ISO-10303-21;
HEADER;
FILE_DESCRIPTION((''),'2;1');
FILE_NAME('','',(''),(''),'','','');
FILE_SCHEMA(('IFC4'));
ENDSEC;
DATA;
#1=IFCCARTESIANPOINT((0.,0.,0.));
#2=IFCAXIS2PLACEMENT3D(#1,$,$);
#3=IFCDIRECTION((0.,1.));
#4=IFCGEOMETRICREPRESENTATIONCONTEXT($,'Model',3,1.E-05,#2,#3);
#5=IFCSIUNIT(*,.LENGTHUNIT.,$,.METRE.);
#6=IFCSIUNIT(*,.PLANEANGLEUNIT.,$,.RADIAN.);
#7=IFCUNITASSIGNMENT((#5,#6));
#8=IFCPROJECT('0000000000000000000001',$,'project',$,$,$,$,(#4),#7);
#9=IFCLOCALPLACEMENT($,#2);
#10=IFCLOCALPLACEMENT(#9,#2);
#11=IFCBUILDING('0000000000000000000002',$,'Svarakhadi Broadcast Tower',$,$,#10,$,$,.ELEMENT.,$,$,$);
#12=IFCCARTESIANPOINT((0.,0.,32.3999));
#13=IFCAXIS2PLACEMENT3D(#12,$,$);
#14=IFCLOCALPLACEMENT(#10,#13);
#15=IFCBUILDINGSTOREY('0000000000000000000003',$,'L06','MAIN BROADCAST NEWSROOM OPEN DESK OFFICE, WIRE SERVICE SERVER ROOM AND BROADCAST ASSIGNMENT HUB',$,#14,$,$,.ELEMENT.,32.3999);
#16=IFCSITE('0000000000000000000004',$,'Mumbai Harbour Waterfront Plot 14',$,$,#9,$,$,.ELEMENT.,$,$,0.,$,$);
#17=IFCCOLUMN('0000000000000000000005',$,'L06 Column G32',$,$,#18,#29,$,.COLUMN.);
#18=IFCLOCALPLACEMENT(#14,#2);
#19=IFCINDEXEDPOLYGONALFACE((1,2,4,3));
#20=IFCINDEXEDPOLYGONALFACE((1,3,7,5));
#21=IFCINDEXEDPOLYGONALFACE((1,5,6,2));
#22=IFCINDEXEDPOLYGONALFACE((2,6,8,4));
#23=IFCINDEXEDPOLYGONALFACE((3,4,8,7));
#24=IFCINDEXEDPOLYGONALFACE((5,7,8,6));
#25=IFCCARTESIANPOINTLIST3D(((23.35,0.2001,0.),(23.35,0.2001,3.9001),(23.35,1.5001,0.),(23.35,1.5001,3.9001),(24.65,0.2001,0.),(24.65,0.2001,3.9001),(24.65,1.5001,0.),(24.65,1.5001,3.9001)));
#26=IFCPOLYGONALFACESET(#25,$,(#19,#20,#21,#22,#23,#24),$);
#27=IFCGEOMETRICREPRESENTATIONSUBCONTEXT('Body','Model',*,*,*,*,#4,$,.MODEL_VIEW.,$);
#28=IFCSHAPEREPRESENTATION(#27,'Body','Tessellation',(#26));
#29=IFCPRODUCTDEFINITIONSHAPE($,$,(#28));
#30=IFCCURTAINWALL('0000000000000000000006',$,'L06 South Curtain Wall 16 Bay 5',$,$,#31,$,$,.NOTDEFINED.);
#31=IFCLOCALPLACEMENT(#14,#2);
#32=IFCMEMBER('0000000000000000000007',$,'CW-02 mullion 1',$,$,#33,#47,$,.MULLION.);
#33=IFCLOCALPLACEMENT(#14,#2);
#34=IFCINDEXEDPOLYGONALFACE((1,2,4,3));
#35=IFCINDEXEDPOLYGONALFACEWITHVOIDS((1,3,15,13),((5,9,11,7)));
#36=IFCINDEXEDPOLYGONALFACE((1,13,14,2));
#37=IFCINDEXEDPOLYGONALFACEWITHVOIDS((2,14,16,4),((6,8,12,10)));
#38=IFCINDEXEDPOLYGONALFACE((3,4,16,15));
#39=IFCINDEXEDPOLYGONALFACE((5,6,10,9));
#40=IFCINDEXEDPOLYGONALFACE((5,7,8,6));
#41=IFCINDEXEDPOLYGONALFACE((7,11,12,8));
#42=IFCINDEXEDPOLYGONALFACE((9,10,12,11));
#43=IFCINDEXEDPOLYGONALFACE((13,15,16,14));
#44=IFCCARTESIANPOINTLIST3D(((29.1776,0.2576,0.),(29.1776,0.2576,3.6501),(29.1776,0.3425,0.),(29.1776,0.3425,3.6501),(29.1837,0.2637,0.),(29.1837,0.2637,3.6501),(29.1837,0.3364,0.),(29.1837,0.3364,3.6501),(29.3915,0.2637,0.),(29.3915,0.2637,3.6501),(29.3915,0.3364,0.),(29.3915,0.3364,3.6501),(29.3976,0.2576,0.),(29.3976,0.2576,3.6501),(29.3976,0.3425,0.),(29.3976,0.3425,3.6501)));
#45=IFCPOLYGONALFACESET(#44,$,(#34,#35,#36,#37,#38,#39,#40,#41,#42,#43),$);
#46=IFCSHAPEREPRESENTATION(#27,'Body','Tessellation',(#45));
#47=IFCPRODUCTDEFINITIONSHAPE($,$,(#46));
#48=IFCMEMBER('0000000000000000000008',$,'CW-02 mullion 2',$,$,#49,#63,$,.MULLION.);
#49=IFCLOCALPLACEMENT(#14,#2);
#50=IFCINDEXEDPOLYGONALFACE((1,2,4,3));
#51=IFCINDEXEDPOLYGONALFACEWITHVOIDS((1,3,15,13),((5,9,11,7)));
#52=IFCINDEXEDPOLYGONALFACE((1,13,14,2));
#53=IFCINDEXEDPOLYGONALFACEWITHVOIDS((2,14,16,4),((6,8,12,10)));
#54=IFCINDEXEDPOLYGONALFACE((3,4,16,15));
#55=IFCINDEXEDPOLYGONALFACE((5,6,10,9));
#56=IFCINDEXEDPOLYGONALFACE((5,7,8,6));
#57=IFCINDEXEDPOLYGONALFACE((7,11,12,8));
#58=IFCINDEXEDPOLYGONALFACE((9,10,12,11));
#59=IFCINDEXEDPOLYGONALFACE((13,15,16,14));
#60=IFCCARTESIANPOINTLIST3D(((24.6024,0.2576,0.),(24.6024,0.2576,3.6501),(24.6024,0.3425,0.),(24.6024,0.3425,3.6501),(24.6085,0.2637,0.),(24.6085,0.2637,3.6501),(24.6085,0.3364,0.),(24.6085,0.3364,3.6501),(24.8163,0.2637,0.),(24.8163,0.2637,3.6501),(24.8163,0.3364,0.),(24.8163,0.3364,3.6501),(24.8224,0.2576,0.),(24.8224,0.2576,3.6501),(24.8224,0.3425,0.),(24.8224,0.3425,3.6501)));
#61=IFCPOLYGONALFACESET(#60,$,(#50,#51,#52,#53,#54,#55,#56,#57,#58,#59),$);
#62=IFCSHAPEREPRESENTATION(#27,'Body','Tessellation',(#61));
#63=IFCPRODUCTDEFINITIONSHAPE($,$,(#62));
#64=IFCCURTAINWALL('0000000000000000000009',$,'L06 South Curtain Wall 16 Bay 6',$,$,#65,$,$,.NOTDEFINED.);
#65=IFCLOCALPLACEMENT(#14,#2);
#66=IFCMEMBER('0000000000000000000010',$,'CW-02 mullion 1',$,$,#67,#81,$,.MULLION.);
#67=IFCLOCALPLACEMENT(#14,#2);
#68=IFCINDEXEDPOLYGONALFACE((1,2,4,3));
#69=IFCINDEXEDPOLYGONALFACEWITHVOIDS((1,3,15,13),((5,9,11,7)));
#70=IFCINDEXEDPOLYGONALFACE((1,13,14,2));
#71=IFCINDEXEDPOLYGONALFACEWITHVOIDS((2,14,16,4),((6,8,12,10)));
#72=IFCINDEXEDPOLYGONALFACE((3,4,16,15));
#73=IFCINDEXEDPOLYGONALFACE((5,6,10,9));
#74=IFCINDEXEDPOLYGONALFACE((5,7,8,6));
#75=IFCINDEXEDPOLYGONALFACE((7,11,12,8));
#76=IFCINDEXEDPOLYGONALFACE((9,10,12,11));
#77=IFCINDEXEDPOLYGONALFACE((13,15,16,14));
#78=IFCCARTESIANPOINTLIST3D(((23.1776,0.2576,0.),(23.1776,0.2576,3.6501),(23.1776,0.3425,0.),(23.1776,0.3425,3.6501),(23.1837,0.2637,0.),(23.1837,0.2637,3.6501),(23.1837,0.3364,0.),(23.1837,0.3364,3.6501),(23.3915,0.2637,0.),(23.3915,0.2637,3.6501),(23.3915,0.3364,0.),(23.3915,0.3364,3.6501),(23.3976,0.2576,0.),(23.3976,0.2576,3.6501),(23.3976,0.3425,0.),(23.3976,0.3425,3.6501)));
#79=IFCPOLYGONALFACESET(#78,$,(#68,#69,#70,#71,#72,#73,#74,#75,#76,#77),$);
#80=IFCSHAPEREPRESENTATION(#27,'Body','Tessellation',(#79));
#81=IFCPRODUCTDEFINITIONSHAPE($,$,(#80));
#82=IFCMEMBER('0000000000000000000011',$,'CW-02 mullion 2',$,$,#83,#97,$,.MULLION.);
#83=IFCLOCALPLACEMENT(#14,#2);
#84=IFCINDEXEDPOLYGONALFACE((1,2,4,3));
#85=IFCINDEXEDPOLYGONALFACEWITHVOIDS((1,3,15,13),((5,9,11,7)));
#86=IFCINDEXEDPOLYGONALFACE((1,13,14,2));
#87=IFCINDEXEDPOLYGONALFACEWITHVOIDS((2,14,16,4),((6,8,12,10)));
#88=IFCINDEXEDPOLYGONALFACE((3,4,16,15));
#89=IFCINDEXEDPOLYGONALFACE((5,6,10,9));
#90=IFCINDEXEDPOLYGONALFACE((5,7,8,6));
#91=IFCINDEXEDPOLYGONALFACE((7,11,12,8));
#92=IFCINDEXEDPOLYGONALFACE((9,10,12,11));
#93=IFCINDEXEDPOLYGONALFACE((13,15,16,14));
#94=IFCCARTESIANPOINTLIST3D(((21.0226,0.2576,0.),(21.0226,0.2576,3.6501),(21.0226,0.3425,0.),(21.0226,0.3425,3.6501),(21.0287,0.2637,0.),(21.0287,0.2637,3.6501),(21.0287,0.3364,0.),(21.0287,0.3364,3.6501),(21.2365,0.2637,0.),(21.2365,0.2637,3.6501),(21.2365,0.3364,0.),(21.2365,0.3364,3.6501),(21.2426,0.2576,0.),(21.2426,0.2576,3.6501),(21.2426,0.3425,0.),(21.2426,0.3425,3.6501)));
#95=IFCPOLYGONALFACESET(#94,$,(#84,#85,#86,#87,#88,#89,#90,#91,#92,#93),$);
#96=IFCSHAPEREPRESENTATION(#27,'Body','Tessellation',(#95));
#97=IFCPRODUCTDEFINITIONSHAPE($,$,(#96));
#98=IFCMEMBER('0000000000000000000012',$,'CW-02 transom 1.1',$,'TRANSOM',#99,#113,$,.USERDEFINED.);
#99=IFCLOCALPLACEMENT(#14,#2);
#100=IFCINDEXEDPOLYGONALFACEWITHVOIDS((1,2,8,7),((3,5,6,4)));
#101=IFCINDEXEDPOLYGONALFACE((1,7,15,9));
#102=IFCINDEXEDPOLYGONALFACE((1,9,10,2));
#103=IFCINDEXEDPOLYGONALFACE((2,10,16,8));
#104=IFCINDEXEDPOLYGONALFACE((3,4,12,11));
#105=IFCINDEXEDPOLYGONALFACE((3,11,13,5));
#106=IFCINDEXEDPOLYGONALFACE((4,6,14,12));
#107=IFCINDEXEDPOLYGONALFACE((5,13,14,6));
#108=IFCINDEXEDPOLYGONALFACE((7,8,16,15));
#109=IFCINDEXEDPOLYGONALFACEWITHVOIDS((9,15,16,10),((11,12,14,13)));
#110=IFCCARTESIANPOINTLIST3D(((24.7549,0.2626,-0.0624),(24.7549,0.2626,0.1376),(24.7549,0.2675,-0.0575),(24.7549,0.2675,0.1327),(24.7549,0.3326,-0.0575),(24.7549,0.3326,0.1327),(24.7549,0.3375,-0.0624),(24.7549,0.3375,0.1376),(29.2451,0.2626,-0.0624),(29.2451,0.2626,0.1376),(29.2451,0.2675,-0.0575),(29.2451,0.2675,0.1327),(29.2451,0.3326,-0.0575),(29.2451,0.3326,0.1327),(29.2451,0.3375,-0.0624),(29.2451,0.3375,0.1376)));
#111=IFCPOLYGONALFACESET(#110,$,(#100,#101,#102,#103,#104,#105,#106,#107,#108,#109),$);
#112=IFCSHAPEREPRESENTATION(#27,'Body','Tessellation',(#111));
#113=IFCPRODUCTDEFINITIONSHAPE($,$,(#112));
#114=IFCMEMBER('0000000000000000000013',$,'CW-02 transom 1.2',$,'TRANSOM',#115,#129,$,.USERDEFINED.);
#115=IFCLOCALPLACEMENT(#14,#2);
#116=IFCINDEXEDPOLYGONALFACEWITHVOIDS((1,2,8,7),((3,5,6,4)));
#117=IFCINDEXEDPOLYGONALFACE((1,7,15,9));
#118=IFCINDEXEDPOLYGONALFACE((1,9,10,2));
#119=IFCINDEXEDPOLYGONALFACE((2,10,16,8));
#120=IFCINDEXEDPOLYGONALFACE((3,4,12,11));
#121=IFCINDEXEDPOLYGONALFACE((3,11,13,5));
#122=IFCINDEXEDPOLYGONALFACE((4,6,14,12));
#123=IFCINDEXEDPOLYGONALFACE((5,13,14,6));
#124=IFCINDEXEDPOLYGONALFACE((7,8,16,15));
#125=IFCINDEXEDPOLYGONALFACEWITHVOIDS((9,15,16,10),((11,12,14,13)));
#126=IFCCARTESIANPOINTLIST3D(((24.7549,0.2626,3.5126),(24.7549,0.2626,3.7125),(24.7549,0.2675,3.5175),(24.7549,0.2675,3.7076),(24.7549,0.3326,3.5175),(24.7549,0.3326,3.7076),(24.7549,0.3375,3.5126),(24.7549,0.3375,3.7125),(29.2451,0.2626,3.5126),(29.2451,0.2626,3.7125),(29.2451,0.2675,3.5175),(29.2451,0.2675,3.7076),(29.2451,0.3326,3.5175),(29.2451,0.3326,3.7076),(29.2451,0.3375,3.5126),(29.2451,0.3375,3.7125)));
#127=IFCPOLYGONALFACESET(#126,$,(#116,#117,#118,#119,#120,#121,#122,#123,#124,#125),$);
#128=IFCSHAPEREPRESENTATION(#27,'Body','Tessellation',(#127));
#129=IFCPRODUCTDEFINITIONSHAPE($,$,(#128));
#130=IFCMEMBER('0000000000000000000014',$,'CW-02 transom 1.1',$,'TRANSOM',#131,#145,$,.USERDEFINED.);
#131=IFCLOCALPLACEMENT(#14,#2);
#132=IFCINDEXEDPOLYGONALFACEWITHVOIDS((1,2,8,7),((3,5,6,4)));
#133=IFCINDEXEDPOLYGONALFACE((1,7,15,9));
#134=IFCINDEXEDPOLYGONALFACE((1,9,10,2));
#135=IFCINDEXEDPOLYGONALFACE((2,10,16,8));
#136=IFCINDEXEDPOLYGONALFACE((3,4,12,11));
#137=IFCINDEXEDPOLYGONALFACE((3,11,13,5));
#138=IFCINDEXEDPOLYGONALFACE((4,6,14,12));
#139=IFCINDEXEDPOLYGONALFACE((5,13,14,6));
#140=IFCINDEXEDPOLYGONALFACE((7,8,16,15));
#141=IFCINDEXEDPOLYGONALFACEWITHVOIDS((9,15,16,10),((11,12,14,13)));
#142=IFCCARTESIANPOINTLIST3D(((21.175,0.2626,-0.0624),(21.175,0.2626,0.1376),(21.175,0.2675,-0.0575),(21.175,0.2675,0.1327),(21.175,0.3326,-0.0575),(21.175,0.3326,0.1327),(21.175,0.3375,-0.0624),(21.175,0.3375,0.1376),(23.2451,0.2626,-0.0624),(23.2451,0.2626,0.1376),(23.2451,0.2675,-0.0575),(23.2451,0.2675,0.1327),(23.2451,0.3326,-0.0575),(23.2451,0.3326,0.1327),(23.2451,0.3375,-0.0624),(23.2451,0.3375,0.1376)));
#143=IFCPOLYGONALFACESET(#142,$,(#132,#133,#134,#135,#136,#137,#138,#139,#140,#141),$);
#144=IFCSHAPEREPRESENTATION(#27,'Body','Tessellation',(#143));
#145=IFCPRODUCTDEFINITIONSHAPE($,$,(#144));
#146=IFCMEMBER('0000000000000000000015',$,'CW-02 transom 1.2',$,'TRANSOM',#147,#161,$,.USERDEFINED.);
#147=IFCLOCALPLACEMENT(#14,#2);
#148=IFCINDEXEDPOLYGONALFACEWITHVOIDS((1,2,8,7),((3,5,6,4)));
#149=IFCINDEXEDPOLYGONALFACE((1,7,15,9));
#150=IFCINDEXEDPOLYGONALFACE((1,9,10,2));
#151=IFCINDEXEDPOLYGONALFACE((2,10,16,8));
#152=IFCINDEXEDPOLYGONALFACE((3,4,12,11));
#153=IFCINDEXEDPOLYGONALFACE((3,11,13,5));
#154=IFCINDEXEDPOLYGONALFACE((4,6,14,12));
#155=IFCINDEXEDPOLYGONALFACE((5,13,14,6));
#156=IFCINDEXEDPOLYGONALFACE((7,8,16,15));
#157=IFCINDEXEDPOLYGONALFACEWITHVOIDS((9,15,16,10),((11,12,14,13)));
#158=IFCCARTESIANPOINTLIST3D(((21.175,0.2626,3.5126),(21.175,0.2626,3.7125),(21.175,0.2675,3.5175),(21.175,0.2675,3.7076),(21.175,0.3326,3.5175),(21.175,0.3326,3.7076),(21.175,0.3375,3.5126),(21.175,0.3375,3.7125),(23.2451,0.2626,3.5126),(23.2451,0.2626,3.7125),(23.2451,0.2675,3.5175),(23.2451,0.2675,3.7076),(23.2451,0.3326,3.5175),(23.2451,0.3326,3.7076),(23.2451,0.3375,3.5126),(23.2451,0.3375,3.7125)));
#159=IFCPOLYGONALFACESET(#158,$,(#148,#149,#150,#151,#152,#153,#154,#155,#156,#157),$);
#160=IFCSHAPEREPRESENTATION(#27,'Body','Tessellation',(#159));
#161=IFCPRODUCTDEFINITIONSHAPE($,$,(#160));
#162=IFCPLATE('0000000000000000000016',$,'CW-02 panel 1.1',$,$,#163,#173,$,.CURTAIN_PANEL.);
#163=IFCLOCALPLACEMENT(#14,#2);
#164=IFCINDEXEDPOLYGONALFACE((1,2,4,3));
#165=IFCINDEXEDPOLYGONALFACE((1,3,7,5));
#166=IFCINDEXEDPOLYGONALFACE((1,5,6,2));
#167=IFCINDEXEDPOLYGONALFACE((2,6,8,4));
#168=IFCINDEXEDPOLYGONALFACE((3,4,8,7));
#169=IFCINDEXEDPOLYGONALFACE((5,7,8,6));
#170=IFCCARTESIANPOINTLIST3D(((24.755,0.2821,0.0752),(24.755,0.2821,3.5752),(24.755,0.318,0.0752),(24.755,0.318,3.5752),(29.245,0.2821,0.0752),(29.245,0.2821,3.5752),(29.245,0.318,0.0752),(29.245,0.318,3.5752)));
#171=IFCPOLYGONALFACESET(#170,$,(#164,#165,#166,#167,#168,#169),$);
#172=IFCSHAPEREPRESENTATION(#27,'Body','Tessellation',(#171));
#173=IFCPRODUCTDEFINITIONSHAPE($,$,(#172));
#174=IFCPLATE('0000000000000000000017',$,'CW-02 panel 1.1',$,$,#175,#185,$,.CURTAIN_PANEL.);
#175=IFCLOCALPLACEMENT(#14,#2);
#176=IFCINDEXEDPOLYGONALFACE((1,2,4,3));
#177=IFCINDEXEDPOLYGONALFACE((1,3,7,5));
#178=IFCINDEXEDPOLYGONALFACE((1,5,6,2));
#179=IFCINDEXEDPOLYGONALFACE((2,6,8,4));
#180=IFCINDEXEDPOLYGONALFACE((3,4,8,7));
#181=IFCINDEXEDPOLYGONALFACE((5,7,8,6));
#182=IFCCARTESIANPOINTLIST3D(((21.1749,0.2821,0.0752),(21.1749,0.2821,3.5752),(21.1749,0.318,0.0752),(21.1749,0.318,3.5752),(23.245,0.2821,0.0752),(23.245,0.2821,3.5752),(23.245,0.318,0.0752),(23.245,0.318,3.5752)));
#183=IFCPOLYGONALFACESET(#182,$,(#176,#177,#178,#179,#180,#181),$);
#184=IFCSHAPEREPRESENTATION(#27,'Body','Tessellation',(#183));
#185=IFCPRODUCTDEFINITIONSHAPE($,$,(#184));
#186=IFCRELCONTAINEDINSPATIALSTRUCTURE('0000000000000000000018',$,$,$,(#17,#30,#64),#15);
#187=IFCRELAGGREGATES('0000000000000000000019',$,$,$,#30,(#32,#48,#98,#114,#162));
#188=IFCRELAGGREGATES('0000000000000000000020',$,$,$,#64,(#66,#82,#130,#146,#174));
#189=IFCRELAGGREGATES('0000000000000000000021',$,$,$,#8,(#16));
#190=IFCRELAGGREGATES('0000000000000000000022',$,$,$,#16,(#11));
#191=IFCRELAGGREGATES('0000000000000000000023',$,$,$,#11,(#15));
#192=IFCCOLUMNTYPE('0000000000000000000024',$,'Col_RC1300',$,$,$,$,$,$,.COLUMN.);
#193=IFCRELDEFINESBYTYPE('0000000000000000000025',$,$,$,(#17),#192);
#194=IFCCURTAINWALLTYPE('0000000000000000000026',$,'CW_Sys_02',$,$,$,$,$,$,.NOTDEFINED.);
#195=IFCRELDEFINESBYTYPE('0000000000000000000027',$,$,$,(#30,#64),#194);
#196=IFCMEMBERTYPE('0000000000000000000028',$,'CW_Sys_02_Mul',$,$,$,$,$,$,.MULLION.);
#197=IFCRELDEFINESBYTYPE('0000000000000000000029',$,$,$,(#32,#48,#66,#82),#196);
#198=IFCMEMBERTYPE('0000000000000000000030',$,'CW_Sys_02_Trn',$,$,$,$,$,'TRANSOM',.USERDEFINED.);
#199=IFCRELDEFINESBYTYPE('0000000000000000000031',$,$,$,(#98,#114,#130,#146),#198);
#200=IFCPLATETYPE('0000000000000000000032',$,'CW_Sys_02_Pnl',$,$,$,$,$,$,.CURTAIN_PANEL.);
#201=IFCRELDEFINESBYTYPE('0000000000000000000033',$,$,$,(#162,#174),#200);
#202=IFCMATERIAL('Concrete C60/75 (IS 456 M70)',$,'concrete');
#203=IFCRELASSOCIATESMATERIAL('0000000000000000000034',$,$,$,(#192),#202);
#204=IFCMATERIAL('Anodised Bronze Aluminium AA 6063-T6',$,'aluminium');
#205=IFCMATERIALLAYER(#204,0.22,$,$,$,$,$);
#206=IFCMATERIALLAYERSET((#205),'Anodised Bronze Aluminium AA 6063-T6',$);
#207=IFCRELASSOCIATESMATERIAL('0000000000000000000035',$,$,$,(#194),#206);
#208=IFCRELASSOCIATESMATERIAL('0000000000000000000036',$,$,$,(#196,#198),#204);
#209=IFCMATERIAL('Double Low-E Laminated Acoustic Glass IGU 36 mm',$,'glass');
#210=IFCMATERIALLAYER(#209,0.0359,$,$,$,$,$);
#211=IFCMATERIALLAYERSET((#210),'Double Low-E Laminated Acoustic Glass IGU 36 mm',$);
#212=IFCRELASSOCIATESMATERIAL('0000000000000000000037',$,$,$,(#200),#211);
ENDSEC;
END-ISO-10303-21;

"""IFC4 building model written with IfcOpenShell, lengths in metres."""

from ifc_helpers import new_model, si_unit, direction, frame, origin, origin_2d, place, context, subcontext, project, spatial, rectangle, hollow_rectangle, extrude, material, layer, layer_set, material_profile, profile_set, type_object, element, aggregate, save


model = new_model("IFC4")

# Units and contexts
model_context = context("Model", 3, precision=1e-05, world=origin(), true_north=direction((0.0, 1.0)))
body_context = subcontext(model_context, "Body", "Model", "MODEL_VIEW")
ifc_project = project(units=[si_unit("LENGTHUNIT", "METRE"), si_unit("PLANEANGLEUNIT", "RADIAN")], contexts=[model_context])

# Site, building, storey
site_placement = place(None, origin())
site = spatial("IfcSite", under=ifc_project, at=site_placement, Name="Mumbai Harbour Waterfront Plot 14", CompositionType="ELEMENT", RefElevation=0.0)
building_placement = place(site_placement, origin())
building = spatial("IfcBuilding", under=site, at=building_placement, Name="Svarakhadi Broadcast Tower", CompositionType="ELEMENT")
storey_placement = place(building_placement, frame((0.0, 0.0, 32.3999)))
storey = spatial("IfcBuildingStorey", under=building, at=storey_placement, Name="L06", Description="MAIN BROADCAST NEWSROOM OPEN DESK OFFICE, WIRE SERVICE SERVER ROOM AND BROADCAST ASSIGNMENT HUB", CompositionType="ELEMENT", Elevation=32.3999)

# Column
ifc_material_1 = material(Name="Concrete C60/75 (IS 456 M70)", Category="concrete")
ifc_material_profile_1 = material_profile(ifc_material_1, rectangle(XDim=1.3, YDim=1.3, at=origin_2d()), Name="RC 1300x1300")
ifc_profile_set_1 = profile_set([ifc_material_profile_1], Name="Concrete C60/75 (IS 456 M70)")
column_type = type_object("IfcColumnType", Name="Col_RC1300", PredefinedType="COLUMN", material=ifc_profile_set_1)
column_placement = place(storey_placement, frame((24.0, 0.8501, 0.0), z_axis=(0.0, 0.0, 1.0), x_axis=(1.0, 0.0, 0.0)))
element("IfcColumn", 1, at=column_placement, inside=storey, type_object=column_type, Name="L06 Column G32", PredefinedType="COLUMN", context=body_context, shape_type="SweptSolid", body=[
    extrude(rectangle(XDim=1.3, YDim=1.3, at=origin_2d()), origin(), (0.0, 0.0, 1.0), 3.9001),
])

# Curtain walls, members
ifc_material_2 = material(Name="Anodised Bronze Aluminium AA 6063-T6", Category="aluminium")
ifc_layer_1 = layer(ifc_material_2, 0.22)
ifc_layer_set_1 = layer_set([ifc_layer_1], Name="Anodised Bronze Aluminium AA 6063-T6")
curtain_wall_type = type_object("IfcCurtainWallType", Name="CW_Sys_02", PredefinedType="NOTDEFINED", material=ifc_layer_set_1)
curtain_wall_1_placement = place(storey_placement, origin())
curtain_wall_1 = element("IfcCurtainWall", 2, at=curtain_wall_1_placement, inside=storey, type_object=curtain_wall_type, Name="L06 South Curtain Wall 16 Bay 5", PredefinedType="NOTDEFINED")
ifc_material_profile_2 = material_profile(ifc_material_2, hollow_rectangle(XDim=0.085, YDim=0.22, WallThickness=0.0061, at=origin_2d()), Name="ALU MULLION 220x85x6")
ifc_profile_set_2 = profile_set([ifc_material_profile_2], Name="Anodised Bronze Aluminium AA 6063-T6")
member_type_1 = type_object("IfcMemberType", Name="CW_Sys_02_Mul", PredefinedType="MULLION", material=ifc_profile_set_2)
member_1_placement = place(storey_placement, frame((29.2876, 0.3, 0.0), z_axis=(0.0, 0.0, 1.0), x_axis=(0.0, -1.0, 0.0)))
member_1 = element("IfcMember", 3, at=member_1_placement, type_object=member_type_1, Name="CW-02 mullion 1", PredefinedType="MULLION", context=body_context, shape_type="SweptSolid", body=[
    extrude(hollow_rectangle(XDim=0.085, YDim=0.22, WallThickness=0.0061, at=origin_2d()), origin(), (0.0, 0.0, 1.0), 3.6501),
])
member_2_placement = place(storey_placement, frame((24.7124, 0.3, 0.0), z_axis=(0.0, 0.0, 1.0), x_axis=(0.0, -1.0, 0.0)))
member_2 = element("IfcMember", 4, at=member_2_placement, type_object=member_type_1, Name="CW-02 mullion 2", PredefinedType="MULLION", context=body_context, shape_type="SweptSolid", body=[
    extrude(hollow_rectangle(XDim=0.085, YDim=0.22, WallThickness=0.0061, at=origin_2d()), origin(), (0.0, 0.0, 1.0), 3.6501),
])
curtain_wall_2_placement = place(storey_placement, origin())
curtain_wall_2 = element("IfcCurtainWall", 5, at=curtain_wall_2_placement, inside=storey, type_object=curtain_wall_type, Name="L06 South Curtain Wall 16 Bay 6", PredefinedType="NOTDEFINED")
member_3_placement = place(storey_placement, frame((23.2876, 0.3, 0.0), z_axis=(0.0, 0.0, 1.0), x_axis=(0.0, -1.0, 0.0)))
member_3 = element("IfcMember", 6, at=member_3_placement, type_object=member_type_1, Name="CW-02 mullion 1", PredefinedType="MULLION", context=body_context, shape_type="SweptSolid", body=[
    extrude(hollow_rectangle(XDim=0.085, YDim=0.22, WallThickness=0.0061, at=origin_2d()), origin(), (0.0, 0.0, 1.0), 3.6501),
])
member_4_placement = place(storey_placement, frame((21.1326, 0.3, 0.0), z_axis=(0.0, 0.0, 1.0), x_axis=(0.0, -1.0, 0.0)))
member_4 = element("IfcMember", 7, at=member_4_placement, type_object=member_type_1, Name="CW-02 mullion 2", PredefinedType="MULLION", context=body_context, shape_type="SweptSolid", body=[
    extrude(hollow_rectangle(XDim=0.085, YDim=0.22, WallThickness=0.0061, at=origin_2d()), origin(), (0.0, 0.0, 1.0), 3.6501),
])

# Members
ifc_material_profile_3 = material_profile(ifc_material_2, hollow_rectangle(XDim=0.075, YDim=0.2, WallThickness=0.0049, at=origin_2d()), Name="ALU TRANSOM 200x75x5")
ifc_profile_set_3 = profile_set([ifc_material_profile_3], Name="Anodised Bronze Aluminium AA 6063-T6")
member_type_2 = type_object("IfcMemberType", Name="CW_Sys_02_Trn", ElementType="TRANSOM", PredefinedType="USERDEFINED", material=ifc_profile_set_3)
member_5_placement = place(storey_placement, frame((29.2451, 0.3, 0.0376), z_axis=(-1.0, 0.0, 0.0), x_axis=(0.0, -1.0, 0.0)))
member_5 = element("IfcMember", 8, at=member_5_placement, type_object=member_type_2, Name="CW-02 transom 1.1", ObjectType="TRANSOM", PredefinedType="USERDEFINED", context=body_context, shape_type="SweptSolid", body=[
    extrude(hollow_rectangle(XDim=0.075, YDim=0.2, WallThickness=0.0049, at=origin_2d()), origin(), (0.0, 0.0, 1.0), 4.4902),
])
member_6_placement = place(storey_placement, frame((29.2451, 0.3, 3.6125), z_axis=(-1.0, 0.0, 0.0), x_axis=(0.0, -1.0, 0.0)))
member_6 = element("IfcMember", 9, at=member_6_placement, type_object=member_type_2, Name="CW-02 transom 1.2", ObjectType="TRANSOM", PredefinedType="USERDEFINED", context=body_context, shape_type="SweptSolid", body=[
    extrude(hollow_rectangle(XDim=0.075, YDim=0.2, WallThickness=0.0049, at=origin_2d()), origin(), (0.0, 0.0, 1.0), 4.4902),
])
member_7_placement = place(storey_placement, frame((23.2451, 0.3, 0.0376), z_axis=(-1.0, 0.0, 0.0), x_axis=(0.0, -1.0, 0.0)))
member_7 = element("IfcMember", 10, at=member_7_placement, type_object=member_type_2, Name="CW-02 transom 1.1", ObjectType="TRANSOM", PredefinedType="USERDEFINED", context=body_context, shape_type="SweptSolid", body=[
    extrude(hollow_rectangle(XDim=0.075, YDim=0.2, WallThickness=0.0049, at=origin_2d()), origin(), (0.0, 0.0, 1.0), 2.0701),
])
member_8_placement = place(storey_placement, frame((23.2451, 0.3, 3.6125), z_axis=(-1.0, 0.0, 0.0), x_axis=(0.0, -1.0, 0.0)))
member_8 = element("IfcMember", 11, at=member_8_placement, type_object=member_type_2, Name="CW-02 transom 1.2", ObjectType="TRANSOM", PredefinedType="USERDEFINED", context=body_context, shape_type="SweptSolid", body=[
    extrude(hollow_rectangle(XDim=0.075, YDim=0.2, WallThickness=0.0049, at=origin_2d()), origin(), (0.0, 0.0, 1.0), 2.0701),
])

# Plates
ifc_material_3 = material(Name="Double Low-E Laminated Acoustic Glass IGU 36 mm", Category="glass")
ifc_layer_2 = layer(ifc_material_3, 0.0359)
ifc_layer_set_2 = layer_set([ifc_layer_2], Name="Double Low-E Laminated Acoustic Glass IGU 36 mm")
plate_type_1 = type_object("IfcPlateType", Name="CW_Sys_02_Pnl", PredefinedType="CURTAIN_PANEL", material=ifc_layer_set_2)
plate_1_placement = place(storey_placement, frame((27.0, 0.3, 0.0752), z_axis=(0.0, 0.0, 1.0), x_axis=(-1.0, 0.0, 0.0)))
plate_1 = element("IfcPlate", 12, at=plate_1_placement, type_object=plate_type_1, Name="CW-02 panel 1.1", PredefinedType="CURTAIN_PANEL", context=body_context, shape_type="SweptSolid", body=[
    extrude(rectangle(XDim=4.49, YDim=0.0359, at=origin_2d()), origin(), (0.0, 0.0, 1.0), 3.5),
])
aggregate(curtain_wall_1, [member_1, member_2, member_5, member_6, plate_1])
plate_2_placement = place(storey_placement, frame((22.21, 0.3, 0.0752), z_axis=(0.0, 0.0, 1.0), x_axis=(-1.0, 0.0, 0.0)))
plate_2 = element("IfcPlate", 13, at=plate_2_placement, type_object=plate_type_1, Name="CW-02 panel 1.1", PredefinedType="CURTAIN_PANEL", context=body_context, shape_type="SweptSolid", body=[
    extrude(rectangle(XDim=2.0701, YDim=0.0359, at=origin_2d()), origin(), (0.0, 0.0, 1.0), 3.5),
])
aggregate(curtain_wall_2, [member_3, member_4, member_7, member_8, plate_2])

save(model, "model.ifc")
